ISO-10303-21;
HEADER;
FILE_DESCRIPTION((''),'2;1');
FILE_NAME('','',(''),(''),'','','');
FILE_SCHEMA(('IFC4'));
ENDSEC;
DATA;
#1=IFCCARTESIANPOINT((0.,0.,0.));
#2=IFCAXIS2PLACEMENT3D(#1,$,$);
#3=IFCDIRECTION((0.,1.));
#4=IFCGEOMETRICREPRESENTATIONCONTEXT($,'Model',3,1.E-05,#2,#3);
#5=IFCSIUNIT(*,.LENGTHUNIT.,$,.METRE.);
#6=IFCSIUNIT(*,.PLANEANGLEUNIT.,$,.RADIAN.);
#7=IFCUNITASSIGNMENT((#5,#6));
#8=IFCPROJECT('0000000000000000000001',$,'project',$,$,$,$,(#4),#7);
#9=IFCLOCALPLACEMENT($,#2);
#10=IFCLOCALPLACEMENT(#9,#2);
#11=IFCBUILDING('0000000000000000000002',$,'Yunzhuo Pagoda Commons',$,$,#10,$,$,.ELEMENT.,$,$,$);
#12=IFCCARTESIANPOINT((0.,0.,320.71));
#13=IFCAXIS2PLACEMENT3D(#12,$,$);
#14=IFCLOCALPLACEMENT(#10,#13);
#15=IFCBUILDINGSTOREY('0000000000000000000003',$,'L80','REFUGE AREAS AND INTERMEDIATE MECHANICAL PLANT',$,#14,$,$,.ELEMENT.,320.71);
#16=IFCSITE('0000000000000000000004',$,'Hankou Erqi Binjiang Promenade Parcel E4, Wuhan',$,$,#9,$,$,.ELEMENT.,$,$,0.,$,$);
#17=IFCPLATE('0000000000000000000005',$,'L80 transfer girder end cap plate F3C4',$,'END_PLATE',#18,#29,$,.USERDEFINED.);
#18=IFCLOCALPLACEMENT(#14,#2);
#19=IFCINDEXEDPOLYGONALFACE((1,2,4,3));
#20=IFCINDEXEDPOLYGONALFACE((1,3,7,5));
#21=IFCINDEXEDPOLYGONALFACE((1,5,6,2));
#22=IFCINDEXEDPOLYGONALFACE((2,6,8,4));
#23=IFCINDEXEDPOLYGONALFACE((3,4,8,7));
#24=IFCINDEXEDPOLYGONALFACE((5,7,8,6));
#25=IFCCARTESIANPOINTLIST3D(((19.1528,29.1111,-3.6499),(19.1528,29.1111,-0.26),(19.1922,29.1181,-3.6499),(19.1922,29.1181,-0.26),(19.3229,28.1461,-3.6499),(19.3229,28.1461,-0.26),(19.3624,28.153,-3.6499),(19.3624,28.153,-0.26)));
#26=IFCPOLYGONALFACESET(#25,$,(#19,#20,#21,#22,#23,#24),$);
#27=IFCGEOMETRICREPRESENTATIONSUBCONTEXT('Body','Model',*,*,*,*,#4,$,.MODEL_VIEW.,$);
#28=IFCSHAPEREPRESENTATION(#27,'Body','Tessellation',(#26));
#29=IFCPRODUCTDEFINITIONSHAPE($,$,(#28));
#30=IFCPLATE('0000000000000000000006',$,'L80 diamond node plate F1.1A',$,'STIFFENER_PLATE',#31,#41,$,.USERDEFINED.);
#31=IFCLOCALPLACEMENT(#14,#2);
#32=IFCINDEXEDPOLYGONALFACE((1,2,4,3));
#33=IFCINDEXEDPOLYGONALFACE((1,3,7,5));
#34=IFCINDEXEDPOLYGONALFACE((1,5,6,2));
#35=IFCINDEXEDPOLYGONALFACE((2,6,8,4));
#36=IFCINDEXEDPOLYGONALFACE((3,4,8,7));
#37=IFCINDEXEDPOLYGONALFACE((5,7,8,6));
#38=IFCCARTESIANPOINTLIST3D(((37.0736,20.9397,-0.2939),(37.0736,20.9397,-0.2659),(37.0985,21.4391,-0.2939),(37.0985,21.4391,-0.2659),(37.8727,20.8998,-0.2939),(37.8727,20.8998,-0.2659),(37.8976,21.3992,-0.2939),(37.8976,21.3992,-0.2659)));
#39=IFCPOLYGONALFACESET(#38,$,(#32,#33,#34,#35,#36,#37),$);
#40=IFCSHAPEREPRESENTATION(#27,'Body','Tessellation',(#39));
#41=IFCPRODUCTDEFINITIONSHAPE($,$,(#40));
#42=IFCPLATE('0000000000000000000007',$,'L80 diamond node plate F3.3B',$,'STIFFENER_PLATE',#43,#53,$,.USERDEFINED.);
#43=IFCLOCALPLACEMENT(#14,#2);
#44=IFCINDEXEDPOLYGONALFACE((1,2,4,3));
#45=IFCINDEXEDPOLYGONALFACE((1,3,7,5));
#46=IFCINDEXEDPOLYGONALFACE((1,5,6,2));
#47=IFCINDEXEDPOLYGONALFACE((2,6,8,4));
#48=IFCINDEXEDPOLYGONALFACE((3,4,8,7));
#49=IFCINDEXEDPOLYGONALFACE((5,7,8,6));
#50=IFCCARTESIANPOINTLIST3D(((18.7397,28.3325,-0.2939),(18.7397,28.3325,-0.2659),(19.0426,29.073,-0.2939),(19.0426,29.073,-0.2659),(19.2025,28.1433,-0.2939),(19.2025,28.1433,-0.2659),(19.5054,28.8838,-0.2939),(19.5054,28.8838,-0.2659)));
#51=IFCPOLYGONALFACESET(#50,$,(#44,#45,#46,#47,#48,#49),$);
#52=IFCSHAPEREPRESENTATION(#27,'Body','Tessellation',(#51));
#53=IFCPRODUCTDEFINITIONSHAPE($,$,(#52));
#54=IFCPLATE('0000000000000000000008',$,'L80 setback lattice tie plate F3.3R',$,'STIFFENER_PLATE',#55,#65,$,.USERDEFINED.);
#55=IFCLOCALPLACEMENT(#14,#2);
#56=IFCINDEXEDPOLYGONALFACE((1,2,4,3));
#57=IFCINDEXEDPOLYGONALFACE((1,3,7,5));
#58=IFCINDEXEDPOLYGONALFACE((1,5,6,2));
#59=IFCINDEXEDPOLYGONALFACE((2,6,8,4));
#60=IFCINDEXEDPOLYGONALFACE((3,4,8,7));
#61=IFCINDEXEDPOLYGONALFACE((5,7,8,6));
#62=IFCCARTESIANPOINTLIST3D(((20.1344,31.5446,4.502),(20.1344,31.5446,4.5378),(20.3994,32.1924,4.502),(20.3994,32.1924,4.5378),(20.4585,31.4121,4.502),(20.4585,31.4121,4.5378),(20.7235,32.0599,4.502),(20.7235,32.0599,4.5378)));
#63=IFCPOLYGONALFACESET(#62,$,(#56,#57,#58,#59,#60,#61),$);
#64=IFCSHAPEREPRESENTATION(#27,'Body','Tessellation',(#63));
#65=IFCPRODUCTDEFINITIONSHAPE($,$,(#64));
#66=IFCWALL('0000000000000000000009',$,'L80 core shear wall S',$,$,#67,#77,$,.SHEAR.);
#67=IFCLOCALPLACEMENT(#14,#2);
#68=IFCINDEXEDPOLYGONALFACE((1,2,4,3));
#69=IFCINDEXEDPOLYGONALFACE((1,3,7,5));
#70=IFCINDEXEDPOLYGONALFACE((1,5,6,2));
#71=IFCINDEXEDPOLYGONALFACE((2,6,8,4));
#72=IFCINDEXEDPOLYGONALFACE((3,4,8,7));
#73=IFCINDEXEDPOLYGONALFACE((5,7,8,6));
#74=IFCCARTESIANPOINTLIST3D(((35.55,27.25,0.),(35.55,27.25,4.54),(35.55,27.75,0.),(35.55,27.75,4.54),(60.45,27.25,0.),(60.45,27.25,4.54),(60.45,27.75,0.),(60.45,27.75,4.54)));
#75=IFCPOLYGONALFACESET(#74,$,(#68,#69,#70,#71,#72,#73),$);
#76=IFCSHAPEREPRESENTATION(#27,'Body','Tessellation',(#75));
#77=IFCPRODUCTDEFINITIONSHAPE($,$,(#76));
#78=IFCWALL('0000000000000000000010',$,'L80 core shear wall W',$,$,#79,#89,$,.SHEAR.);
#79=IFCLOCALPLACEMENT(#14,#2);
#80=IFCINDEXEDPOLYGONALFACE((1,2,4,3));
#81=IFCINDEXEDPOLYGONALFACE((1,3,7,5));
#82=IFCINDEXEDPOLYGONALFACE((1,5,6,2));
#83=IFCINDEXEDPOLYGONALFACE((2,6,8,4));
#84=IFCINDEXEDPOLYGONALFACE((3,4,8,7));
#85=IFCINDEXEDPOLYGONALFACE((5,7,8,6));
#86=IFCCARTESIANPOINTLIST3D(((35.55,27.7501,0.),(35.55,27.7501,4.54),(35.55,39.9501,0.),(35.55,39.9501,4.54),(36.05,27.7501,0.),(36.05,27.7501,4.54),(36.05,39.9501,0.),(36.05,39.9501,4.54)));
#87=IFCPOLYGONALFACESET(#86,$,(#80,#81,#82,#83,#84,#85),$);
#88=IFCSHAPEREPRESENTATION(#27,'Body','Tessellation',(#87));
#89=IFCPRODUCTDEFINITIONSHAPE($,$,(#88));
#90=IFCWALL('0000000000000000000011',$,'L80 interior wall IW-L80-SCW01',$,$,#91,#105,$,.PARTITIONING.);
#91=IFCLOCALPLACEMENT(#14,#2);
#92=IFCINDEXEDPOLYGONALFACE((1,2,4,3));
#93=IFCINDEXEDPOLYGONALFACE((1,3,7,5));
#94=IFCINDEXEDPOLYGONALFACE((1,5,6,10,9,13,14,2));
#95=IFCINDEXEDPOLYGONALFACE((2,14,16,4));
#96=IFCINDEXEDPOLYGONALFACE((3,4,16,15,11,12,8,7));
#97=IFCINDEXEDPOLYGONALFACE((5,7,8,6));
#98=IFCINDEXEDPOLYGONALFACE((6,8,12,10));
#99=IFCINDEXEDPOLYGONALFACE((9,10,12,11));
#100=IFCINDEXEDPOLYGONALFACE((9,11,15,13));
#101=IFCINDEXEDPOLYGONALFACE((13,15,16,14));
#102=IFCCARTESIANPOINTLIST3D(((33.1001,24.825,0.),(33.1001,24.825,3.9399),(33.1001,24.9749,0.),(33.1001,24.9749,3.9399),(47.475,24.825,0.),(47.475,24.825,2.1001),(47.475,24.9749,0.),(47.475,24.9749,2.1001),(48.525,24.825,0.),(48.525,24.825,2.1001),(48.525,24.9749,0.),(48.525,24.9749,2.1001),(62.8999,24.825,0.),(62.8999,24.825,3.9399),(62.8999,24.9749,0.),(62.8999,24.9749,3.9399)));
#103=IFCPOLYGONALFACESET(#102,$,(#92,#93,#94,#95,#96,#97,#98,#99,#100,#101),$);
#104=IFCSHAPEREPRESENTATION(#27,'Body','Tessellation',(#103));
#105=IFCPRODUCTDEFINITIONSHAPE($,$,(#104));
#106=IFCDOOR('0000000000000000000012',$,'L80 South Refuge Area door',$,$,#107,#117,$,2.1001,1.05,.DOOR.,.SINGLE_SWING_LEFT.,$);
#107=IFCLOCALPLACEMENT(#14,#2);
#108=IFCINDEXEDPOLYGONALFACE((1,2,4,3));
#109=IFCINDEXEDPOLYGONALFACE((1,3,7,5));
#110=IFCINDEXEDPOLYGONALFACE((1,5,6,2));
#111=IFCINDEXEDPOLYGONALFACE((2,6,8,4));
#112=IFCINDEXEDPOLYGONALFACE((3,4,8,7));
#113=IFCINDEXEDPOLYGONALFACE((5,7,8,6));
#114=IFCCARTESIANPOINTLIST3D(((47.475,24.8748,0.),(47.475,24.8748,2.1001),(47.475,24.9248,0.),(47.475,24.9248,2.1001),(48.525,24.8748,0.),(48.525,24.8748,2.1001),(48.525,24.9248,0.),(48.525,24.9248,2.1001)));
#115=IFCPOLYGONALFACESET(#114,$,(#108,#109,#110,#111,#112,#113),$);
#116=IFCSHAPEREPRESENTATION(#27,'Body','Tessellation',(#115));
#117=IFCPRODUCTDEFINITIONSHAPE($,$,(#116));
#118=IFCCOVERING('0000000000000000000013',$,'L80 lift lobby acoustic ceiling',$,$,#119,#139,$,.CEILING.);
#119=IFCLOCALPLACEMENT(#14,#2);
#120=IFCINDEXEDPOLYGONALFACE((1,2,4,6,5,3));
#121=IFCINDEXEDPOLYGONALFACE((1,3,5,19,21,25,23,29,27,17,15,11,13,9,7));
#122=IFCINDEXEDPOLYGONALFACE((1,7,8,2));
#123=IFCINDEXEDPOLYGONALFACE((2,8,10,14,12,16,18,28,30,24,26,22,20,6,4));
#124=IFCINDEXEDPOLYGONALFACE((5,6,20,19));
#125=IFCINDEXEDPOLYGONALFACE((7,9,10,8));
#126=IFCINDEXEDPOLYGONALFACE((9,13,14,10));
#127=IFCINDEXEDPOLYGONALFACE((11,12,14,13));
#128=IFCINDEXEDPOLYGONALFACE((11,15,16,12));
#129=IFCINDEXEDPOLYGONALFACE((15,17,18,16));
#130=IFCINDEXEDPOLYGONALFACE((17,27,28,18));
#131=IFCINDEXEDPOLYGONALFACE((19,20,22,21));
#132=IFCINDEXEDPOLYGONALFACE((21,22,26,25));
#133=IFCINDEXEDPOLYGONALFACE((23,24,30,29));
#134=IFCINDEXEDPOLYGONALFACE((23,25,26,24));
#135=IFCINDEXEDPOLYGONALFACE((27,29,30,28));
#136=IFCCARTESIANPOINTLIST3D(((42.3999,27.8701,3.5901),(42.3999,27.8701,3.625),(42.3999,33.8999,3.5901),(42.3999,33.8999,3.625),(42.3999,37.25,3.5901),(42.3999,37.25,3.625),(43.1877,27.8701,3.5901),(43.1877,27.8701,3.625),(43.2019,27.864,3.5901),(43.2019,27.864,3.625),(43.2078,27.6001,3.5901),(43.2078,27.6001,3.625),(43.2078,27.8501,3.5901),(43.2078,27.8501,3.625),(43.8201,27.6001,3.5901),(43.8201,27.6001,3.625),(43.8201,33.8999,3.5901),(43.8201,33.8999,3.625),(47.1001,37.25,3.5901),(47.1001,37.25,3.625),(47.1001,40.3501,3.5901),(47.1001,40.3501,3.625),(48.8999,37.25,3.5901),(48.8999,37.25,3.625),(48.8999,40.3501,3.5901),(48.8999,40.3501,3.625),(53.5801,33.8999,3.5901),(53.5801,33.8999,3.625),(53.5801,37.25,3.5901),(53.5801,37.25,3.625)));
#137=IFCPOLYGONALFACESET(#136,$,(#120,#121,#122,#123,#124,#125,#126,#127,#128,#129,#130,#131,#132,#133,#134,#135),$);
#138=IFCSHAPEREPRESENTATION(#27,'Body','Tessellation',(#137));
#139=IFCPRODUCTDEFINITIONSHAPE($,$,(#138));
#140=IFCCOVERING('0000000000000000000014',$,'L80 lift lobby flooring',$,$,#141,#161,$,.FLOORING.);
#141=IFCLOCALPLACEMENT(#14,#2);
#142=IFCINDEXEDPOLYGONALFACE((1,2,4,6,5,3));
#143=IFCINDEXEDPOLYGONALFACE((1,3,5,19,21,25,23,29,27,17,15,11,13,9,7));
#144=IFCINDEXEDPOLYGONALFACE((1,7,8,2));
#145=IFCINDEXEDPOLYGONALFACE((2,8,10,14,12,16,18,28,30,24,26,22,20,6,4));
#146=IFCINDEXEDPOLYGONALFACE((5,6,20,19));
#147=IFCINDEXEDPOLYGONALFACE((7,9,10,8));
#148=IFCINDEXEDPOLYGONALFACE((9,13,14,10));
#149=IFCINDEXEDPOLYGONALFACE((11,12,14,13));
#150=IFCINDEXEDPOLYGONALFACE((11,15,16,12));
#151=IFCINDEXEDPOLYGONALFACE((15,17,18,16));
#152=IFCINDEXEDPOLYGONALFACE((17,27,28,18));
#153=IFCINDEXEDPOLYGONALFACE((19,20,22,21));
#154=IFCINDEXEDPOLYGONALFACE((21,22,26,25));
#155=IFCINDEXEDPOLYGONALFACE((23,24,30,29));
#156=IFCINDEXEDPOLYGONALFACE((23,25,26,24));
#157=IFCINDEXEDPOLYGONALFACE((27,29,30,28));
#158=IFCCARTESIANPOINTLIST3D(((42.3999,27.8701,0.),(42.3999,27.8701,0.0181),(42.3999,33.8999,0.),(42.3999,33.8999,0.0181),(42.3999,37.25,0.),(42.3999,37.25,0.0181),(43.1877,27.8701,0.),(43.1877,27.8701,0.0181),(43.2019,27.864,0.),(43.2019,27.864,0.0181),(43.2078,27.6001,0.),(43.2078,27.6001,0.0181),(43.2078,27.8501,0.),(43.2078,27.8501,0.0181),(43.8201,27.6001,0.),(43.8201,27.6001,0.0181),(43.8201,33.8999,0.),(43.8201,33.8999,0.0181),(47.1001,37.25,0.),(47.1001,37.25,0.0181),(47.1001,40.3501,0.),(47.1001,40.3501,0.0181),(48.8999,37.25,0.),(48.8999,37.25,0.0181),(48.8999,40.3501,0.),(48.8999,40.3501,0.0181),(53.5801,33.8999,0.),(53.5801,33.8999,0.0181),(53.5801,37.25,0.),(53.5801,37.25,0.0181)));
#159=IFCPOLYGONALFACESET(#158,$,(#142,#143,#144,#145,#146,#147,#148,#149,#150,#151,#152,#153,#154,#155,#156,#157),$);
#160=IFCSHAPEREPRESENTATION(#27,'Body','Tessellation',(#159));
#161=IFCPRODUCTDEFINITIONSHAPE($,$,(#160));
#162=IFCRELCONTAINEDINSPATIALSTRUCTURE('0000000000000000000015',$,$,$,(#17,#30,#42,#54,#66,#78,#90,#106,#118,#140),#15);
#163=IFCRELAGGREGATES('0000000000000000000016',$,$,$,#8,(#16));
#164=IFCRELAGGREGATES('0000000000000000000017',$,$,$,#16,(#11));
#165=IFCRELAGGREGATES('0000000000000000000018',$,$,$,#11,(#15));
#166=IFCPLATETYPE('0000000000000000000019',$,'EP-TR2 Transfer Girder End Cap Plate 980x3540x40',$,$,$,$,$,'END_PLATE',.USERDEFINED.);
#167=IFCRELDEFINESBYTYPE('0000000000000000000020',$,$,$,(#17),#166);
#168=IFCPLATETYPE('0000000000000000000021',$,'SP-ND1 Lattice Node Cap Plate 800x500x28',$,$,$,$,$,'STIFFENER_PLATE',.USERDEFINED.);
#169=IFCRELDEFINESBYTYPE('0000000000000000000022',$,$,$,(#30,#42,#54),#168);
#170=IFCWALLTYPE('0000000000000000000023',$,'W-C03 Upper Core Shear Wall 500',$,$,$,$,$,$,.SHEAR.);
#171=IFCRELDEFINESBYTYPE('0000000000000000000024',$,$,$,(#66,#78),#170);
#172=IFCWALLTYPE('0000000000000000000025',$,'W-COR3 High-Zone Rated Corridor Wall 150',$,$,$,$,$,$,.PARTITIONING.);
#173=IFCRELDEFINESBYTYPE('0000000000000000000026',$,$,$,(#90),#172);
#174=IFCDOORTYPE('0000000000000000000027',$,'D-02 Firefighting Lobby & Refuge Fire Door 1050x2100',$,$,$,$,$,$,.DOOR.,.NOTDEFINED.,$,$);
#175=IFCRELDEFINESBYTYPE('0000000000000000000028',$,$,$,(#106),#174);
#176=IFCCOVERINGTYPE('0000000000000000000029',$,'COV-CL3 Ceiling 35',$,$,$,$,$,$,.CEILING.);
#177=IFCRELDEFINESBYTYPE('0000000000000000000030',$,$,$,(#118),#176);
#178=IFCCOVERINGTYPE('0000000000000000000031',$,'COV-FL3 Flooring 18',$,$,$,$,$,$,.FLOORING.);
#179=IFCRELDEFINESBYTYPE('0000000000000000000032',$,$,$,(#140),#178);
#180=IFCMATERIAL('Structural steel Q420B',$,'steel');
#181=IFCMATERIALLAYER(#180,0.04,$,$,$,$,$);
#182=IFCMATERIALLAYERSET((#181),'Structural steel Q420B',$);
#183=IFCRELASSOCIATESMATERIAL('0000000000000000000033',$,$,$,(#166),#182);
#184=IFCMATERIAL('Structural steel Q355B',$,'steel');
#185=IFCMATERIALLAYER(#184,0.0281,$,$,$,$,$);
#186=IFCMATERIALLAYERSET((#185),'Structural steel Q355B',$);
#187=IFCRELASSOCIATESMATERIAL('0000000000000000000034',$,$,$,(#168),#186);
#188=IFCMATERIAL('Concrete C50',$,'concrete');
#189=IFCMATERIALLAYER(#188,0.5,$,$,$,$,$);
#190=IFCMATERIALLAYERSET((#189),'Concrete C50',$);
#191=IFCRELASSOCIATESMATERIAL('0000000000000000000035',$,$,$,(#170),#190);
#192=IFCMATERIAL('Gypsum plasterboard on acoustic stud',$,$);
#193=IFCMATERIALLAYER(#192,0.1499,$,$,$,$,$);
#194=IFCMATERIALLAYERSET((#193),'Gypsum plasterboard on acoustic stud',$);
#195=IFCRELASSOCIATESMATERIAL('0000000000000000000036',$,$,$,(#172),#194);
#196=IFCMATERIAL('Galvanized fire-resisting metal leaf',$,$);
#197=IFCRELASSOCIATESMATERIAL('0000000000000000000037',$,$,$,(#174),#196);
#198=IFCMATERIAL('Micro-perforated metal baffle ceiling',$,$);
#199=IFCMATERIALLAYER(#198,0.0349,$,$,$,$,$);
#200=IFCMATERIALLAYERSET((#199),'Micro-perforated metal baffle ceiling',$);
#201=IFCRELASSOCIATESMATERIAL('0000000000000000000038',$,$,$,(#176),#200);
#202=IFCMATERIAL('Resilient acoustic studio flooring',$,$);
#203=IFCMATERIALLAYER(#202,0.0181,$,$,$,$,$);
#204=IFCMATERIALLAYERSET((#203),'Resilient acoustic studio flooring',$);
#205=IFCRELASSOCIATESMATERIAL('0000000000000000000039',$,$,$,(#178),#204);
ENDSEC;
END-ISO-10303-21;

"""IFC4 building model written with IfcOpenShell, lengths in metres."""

from ifc_helpers import new_model, si_unit, direction, frame, frame_2d, origin, origin_with_axes, origin_2d, place, context, subcontext, project, spatial, polyline, rectangle, outline, extrude, source, transform, mapped, material, layer, layer_set, type_object, element, fill, save


model = new_model("IFC4")

# Units and contexts
model_context = context("Model", 3, precision=1e-05, world=origin(), true_north=direction((0.0, 1.0)))
body_context = subcontext(model_context, "Body", "Model", "MODEL_VIEW")
ifc_project = project(units=[si_unit("LENGTHUNIT", "METRE"), si_unit("PLANEANGLEUNIT", "RADIAN")], contexts=[model_context])

# Site, building, storey
site_placement = place(None, origin())
site = spatial("IfcSite", under=ifc_project, at=site_placement, Name="Hankou Erqi Binjiang Promenade Parcel E4, Wuhan", CompositionType="ELEMENT", RefElevation=0.0)
building_placement = place(site_placement, origin())
building = spatial("IfcBuilding", under=site, at=building_placement, Name="Yunzhuo Pagoda Commons", CompositionType="ELEMENT")
storey_placement = place(building_placement, frame((0.0, 0.0, 320.71)))
storey = spatial("IfcBuildingStorey", under=building, at=storey_placement, Name="L80", Description="REFUGE AREAS AND INTERMEDIATE MECHANICAL PLANT", CompositionType="ELEMENT", Elevation=320.71)

# Shared definitions
ifc_material_1 = material(Name="Structural steel Q420B", Category="steel")
ifc_material_2 = material(Name="Structural steel Q355B", Category="steel")

# Plates
ifc_layer_1 = layer(ifc_material_1, 0.04)
ifc_layer_set_1 = layer_set([ifc_layer_1], Name="Structural steel Q420B")
plate_type_1 = type_object("IfcPlateType", Name="EP-TR2 Transfer Girder End Cap Plate 980x3540x40", ElementType="END_PLATE", PredefinedType="USERDEFINED", material=ifc_layer_set_1)
shared_shape_1 = source(origin(), body_context, "Body", "SweptSolid", [
    extrude(rectangle(XDim=0.98, YDim=0.04, at=origin_2d()), origin(), (0.0, 0.0, 1.0), 3.3899),
])
for number, where, z_axis, x_axis, name in (
    (1, (19.2576, 28.6321, -3.6499), (0.0, 0.0, 1.0), (0.173648, -0.984808, 0.0), "L80 transfer girder end cap plate F3C4"),
):
    element("IfcPlate", number, at=place(storey_placement, frame(where, z_axis=z_axis, x_axis=x_axis)), inside=storey, type_object=plate_type_1, Name=name, ObjectType="END_PLATE", PredefinedType="USERDEFINED", context=body_context, shape_type="MappedRepresentation", body=[
        mapped(shared_shape_1, transform((0.0, 0.0, 0.0), scale=1.0)),
    ])
ifc_layer_2 = layer(ifc_material_2, 0.0281)
ifc_layer_set_2 = layer_set([ifc_layer_2], Name="Structural steel Q355B")
plate_type_2 = type_object("IfcPlateType", Name="SP-ND1 Lattice Node Cap Plate 800x500x28", ElementType="STIFFENER_PLATE", PredefinedType="USERDEFINED", material=ifc_layer_set_2)
shared_shape_2 = source(origin(), body_context, "Body", "SweptSolid", [
    extrude(rectangle(XDim=0.8, YDim=0.5, at=origin_2d()), origin(), (0.0, 0.0, 1.0), 0.0281),
])
for number, where, z_axis, x_axis, name in (
    (2, (37.4856, 21.1694, -0.2939), (0.0, 0.0, 1.0), (0.998757, -0.049843, 0.0), "L80 diamond node plate F1.1A"),
    (3, (19.1226, 28.6082, -0.2939), (0.0, 0.0, 1.0), (-0.378568, -0.925574, 0.0), "L80 diamond node plate F3.3B"),
):
    element("IfcPlate", number, at=place(storey_placement, frame(where, z_axis=z_axis, x_axis=x_axis)), inside=storey, type_object=plate_type_2, Name=name, ObjectType="STIFFENER_PLATE", PredefinedType="USERDEFINED", context=body_context, shape_type="MappedRepresentation", body=[
        mapped(shared_shape_2, transform((0.0, 0.0, 0.0), scale=1.0)),
    ])
shared_shape_3 = source(origin(), body_context, "Body", "SweptSolid", [
    extrude(rectangle(XDim=0.7, YDim=0.3501, at=origin_2d()), origin(), (0.0, 0.0, 1.0), 0.0359),
])
plate_placement = place(storey_placement, frame((20.429, 31.8022, 4.502), z_axis=(0.0, 0.0, 1.0), x_axis=(-0.378568, -0.925574, 0.0)))
element("IfcPlate", 4, at=plate_placement, inside=storey, type_object=plate_type_2, Name="L80 setback lattice tie plate F3.3R", ObjectType="STIFFENER_PLATE", PredefinedType="USERDEFINED", context=body_context, shape_type="MappedRepresentation", body=[
    mapped(shared_shape_3, transform((0.0, 0.0, 0.0), scale=1.0)),
])

# Walls
ifc_material_3 = material(Name="Concrete C50", Category="concrete")
ifc_layer_3 = layer(ifc_material_3, 0.5)
ifc_layer_set_3 = layer_set([ifc_layer_3], Name="Concrete C50")
wall_type_1 = type_object("IfcWallType", Name="W-C03 Upper Core Shear Wall 500", PredefinedType="SHEAR", material=ifc_layer_set_3)
wall_1_placement = place(storey_placement, frame((35.55, 27.5, 0.0), z_axis=(0.0, 0.0, 1.0), x_axis=(1.0, 0.0, 0.0)))
element("IfcWall", 5, at=wall_1_placement, inside=storey, type_object=wall_type_1, Name="L80 core shear wall S", PredefinedType="SHEAR", context=body_context, shape_type="SweptSolid", body=[
    extrude(rectangle(XDim=24.8999, YDim=0.5, at=frame_2d((12.45, 0.0))), origin(), (0.0, 0.0, 1.0), 4.54),
])
wall_2_placement = place(storey_placement, frame((35.8, 27.75, 0.0), z_axis=(0.0, 0.0, 1.0), x_axis=(0.0, 1.0, 0.0)))
element("IfcWall", 6, at=wall_2_placement, inside=storey, type_object=wall_type_1, Name="L80 core shear wall W", PredefinedType="SHEAR", context=body_context, shape_type="SweptSolid", body=[
    extrude(rectangle(XDim=12.2, YDim=0.5, at=frame_2d((6.1001, 0.0))), origin(), (0.0, 0.0, 1.0), 4.54),
])

# Wall, opening, door
ifc_material_4 = material(Name="Gypsum plasterboard on acoustic stud")
ifc_layer_4 = layer(ifc_material_4, 0.1499)
ifc_layer_set_4 = layer_set([ifc_layer_4], Name="Gypsum plasterboard on acoustic stud")
wall_type_2 = type_object("IfcWallType", Name="W-COR3 High-Zone Rated Corridor Wall 150", PredefinedType="PARTITIONING", material=ifc_layer_set_4)
wall_3_placement = place(storey_placement, frame((33.1001, 24.8999, 0.0), z_axis=(0.0, 0.0, 1.0), x_axis=(1.0, 0.0, 0.0)))
wall_3 = element("IfcWall", 7, at=wall_3_placement, inside=storey, type_object=wall_type_2, Name="L80 interior wall IW-L80-SCW01", PredefinedType="PARTITIONING", context=body_context, shape_type="SweptSolid", body=[
    extrude(rectangle(XDim=29.7998, YDim=0.1499, at=frame_2d((14.8999, 0.0))), origin(), (0.0, 0.0, 1.0), 3.9399),
])
opening_placement = place(wall_3_placement, frame((14.375, 0.0, 0.0)))
opening = element("IfcOpeningElement", 8, at=opening_placement, cuts=wall_3, PredefinedType="OPENING", context=body_context, shape_type="SweptSolid", body=[
    extrude(rectangle(XDim=1.05, YDim=2.1001, at=frame_2d((0.5249, 1.05))), frame((0.0, 0.085, 0.0), z_axis=(0.0, -1.0, 0.0), x_axis=(1.0, 0.0, 0.0)), (0.0, 0.0, 1.0), 0.1699),
])
ifc_material_5 = material(Name="Galvanized fire-resisting metal leaf")
door_type = type_object("IfcDoorType", Name="D-02 Firefighting Lobby & Refuge Fire Door 1050x2100", OperationType="NOTDEFINED", PredefinedType="DOOR", material=ifc_material_5)
shared_shape_4 = source(origin(), body_context, "Body", "SweptSolid", [
    extrude(rectangle(XDim=1.05, YDim=2.1001, at=frame_2d((0.5249, 1.05))), frame((0.0, 0.0249, 0.0), z_axis=(0.0, -1.0, 0.0), x_axis=(1.0, 0.0, 0.0)), (0.0, 0.0, 1.0), 0.05),
])
door_placement = place(opening_placement, origin_with_axes())
door = element("IfcDoor", 9, at=door_placement, inside=storey, type_object=door_type, Name="L80 South Refuge Area door", OperationType="SINGLE_SWING_LEFT", OverallHeight=2.1001, OverallWidth=1.05, PredefinedType="DOOR", context=body_context, shape_type="MappedRepresentation", body=[
    mapped(shared_shape_4, transform((0.0, 0.0, 0.0), scale=1.0)),
])
fill(opening, door)

# Coverings
ifc_material_6 = material(Name="Micro-perforated metal baffle ceiling")
ifc_layer_5 = layer(ifc_material_6, 0.0349)
ifc_layer_set_5 = layer_set([ifc_layer_5], Name="Micro-perforated metal baffle ceiling")
covering_type_1 = type_object("IfcCoveringType", Name="COV-CL3 Ceiling 35", PredefinedType="CEILING", material=ifc_layer_set_5)
covering_1_placement = place(storey_placement, frame((0.0, 0.0, 3.5901)))
element("IfcCovering", 10, at=covering_1_placement, inside=storey, type_object=covering_type_1, Name="L80 lift lobby acoustic ceiling", PredefinedType="CEILING", context=body_context, shape_type="SweptSolid", body=[
    extrude(outline(polyline([(43.2078, 27.8501), (43.2019, 27.864), (43.1877, 27.8701), (42.3999, 27.8701), (42.3999, 33.8999), (42.3999, 37.25), (47.1001, 37.25), (47.1001, 40.3501), (48.8999, 40.3501), (48.8999, 37.25), (53.5801, 37.25), (53.5801, 33.8999), (43.8201, 33.8999), (43.8201, 27.6001), (43.2078, 27.6001), (43.2078, 27.8501)])), origin(), (0.0, 0.0, 1.0), 0.0349),
])
ifc_material_7 = material(Name="Resilient acoustic studio flooring")
ifc_layer_6 = layer(ifc_material_7, 0.0181)
ifc_layer_set_6 = layer_set([ifc_layer_6], Name="Resilient acoustic studio flooring")
covering_type_2 = type_object("IfcCoveringType", Name="COV-FL3 Flooring 18", PredefinedType="FLOORING", material=ifc_layer_set_6)
covering_2_placement = place(storey_placement, origin())
element("IfcCovering", 11, at=covering_2_placement, inside=storey, type_object=covering_type_2, Name="L80 lift lobby flooring", PredefinedType="FLOORING", context=body_context, shape_type="SweptSolid", body=[
    extrude(outline(polyline([(43.2078, 27.8501), (43.2019, 27.864), (43.1877, 27.8701), (42.3999, 27.8701), (42.3999, 33.8999), (42.3999, 37.25), (47.1001, 37.25), (47.1001, 40.3501), (48.8999, 40.3501), (48.8999, 37.25), (53.5801, 37.25), (53.5801, 33.8999), (43.8201, 33.8999), (43.8201, 27.6001), (43.2078, 27.6001), (43.2078, 27.8501)])), origin(), (0.0, 0.0, 1.0), 0.0181),
])

save(model, "model.ifc")
